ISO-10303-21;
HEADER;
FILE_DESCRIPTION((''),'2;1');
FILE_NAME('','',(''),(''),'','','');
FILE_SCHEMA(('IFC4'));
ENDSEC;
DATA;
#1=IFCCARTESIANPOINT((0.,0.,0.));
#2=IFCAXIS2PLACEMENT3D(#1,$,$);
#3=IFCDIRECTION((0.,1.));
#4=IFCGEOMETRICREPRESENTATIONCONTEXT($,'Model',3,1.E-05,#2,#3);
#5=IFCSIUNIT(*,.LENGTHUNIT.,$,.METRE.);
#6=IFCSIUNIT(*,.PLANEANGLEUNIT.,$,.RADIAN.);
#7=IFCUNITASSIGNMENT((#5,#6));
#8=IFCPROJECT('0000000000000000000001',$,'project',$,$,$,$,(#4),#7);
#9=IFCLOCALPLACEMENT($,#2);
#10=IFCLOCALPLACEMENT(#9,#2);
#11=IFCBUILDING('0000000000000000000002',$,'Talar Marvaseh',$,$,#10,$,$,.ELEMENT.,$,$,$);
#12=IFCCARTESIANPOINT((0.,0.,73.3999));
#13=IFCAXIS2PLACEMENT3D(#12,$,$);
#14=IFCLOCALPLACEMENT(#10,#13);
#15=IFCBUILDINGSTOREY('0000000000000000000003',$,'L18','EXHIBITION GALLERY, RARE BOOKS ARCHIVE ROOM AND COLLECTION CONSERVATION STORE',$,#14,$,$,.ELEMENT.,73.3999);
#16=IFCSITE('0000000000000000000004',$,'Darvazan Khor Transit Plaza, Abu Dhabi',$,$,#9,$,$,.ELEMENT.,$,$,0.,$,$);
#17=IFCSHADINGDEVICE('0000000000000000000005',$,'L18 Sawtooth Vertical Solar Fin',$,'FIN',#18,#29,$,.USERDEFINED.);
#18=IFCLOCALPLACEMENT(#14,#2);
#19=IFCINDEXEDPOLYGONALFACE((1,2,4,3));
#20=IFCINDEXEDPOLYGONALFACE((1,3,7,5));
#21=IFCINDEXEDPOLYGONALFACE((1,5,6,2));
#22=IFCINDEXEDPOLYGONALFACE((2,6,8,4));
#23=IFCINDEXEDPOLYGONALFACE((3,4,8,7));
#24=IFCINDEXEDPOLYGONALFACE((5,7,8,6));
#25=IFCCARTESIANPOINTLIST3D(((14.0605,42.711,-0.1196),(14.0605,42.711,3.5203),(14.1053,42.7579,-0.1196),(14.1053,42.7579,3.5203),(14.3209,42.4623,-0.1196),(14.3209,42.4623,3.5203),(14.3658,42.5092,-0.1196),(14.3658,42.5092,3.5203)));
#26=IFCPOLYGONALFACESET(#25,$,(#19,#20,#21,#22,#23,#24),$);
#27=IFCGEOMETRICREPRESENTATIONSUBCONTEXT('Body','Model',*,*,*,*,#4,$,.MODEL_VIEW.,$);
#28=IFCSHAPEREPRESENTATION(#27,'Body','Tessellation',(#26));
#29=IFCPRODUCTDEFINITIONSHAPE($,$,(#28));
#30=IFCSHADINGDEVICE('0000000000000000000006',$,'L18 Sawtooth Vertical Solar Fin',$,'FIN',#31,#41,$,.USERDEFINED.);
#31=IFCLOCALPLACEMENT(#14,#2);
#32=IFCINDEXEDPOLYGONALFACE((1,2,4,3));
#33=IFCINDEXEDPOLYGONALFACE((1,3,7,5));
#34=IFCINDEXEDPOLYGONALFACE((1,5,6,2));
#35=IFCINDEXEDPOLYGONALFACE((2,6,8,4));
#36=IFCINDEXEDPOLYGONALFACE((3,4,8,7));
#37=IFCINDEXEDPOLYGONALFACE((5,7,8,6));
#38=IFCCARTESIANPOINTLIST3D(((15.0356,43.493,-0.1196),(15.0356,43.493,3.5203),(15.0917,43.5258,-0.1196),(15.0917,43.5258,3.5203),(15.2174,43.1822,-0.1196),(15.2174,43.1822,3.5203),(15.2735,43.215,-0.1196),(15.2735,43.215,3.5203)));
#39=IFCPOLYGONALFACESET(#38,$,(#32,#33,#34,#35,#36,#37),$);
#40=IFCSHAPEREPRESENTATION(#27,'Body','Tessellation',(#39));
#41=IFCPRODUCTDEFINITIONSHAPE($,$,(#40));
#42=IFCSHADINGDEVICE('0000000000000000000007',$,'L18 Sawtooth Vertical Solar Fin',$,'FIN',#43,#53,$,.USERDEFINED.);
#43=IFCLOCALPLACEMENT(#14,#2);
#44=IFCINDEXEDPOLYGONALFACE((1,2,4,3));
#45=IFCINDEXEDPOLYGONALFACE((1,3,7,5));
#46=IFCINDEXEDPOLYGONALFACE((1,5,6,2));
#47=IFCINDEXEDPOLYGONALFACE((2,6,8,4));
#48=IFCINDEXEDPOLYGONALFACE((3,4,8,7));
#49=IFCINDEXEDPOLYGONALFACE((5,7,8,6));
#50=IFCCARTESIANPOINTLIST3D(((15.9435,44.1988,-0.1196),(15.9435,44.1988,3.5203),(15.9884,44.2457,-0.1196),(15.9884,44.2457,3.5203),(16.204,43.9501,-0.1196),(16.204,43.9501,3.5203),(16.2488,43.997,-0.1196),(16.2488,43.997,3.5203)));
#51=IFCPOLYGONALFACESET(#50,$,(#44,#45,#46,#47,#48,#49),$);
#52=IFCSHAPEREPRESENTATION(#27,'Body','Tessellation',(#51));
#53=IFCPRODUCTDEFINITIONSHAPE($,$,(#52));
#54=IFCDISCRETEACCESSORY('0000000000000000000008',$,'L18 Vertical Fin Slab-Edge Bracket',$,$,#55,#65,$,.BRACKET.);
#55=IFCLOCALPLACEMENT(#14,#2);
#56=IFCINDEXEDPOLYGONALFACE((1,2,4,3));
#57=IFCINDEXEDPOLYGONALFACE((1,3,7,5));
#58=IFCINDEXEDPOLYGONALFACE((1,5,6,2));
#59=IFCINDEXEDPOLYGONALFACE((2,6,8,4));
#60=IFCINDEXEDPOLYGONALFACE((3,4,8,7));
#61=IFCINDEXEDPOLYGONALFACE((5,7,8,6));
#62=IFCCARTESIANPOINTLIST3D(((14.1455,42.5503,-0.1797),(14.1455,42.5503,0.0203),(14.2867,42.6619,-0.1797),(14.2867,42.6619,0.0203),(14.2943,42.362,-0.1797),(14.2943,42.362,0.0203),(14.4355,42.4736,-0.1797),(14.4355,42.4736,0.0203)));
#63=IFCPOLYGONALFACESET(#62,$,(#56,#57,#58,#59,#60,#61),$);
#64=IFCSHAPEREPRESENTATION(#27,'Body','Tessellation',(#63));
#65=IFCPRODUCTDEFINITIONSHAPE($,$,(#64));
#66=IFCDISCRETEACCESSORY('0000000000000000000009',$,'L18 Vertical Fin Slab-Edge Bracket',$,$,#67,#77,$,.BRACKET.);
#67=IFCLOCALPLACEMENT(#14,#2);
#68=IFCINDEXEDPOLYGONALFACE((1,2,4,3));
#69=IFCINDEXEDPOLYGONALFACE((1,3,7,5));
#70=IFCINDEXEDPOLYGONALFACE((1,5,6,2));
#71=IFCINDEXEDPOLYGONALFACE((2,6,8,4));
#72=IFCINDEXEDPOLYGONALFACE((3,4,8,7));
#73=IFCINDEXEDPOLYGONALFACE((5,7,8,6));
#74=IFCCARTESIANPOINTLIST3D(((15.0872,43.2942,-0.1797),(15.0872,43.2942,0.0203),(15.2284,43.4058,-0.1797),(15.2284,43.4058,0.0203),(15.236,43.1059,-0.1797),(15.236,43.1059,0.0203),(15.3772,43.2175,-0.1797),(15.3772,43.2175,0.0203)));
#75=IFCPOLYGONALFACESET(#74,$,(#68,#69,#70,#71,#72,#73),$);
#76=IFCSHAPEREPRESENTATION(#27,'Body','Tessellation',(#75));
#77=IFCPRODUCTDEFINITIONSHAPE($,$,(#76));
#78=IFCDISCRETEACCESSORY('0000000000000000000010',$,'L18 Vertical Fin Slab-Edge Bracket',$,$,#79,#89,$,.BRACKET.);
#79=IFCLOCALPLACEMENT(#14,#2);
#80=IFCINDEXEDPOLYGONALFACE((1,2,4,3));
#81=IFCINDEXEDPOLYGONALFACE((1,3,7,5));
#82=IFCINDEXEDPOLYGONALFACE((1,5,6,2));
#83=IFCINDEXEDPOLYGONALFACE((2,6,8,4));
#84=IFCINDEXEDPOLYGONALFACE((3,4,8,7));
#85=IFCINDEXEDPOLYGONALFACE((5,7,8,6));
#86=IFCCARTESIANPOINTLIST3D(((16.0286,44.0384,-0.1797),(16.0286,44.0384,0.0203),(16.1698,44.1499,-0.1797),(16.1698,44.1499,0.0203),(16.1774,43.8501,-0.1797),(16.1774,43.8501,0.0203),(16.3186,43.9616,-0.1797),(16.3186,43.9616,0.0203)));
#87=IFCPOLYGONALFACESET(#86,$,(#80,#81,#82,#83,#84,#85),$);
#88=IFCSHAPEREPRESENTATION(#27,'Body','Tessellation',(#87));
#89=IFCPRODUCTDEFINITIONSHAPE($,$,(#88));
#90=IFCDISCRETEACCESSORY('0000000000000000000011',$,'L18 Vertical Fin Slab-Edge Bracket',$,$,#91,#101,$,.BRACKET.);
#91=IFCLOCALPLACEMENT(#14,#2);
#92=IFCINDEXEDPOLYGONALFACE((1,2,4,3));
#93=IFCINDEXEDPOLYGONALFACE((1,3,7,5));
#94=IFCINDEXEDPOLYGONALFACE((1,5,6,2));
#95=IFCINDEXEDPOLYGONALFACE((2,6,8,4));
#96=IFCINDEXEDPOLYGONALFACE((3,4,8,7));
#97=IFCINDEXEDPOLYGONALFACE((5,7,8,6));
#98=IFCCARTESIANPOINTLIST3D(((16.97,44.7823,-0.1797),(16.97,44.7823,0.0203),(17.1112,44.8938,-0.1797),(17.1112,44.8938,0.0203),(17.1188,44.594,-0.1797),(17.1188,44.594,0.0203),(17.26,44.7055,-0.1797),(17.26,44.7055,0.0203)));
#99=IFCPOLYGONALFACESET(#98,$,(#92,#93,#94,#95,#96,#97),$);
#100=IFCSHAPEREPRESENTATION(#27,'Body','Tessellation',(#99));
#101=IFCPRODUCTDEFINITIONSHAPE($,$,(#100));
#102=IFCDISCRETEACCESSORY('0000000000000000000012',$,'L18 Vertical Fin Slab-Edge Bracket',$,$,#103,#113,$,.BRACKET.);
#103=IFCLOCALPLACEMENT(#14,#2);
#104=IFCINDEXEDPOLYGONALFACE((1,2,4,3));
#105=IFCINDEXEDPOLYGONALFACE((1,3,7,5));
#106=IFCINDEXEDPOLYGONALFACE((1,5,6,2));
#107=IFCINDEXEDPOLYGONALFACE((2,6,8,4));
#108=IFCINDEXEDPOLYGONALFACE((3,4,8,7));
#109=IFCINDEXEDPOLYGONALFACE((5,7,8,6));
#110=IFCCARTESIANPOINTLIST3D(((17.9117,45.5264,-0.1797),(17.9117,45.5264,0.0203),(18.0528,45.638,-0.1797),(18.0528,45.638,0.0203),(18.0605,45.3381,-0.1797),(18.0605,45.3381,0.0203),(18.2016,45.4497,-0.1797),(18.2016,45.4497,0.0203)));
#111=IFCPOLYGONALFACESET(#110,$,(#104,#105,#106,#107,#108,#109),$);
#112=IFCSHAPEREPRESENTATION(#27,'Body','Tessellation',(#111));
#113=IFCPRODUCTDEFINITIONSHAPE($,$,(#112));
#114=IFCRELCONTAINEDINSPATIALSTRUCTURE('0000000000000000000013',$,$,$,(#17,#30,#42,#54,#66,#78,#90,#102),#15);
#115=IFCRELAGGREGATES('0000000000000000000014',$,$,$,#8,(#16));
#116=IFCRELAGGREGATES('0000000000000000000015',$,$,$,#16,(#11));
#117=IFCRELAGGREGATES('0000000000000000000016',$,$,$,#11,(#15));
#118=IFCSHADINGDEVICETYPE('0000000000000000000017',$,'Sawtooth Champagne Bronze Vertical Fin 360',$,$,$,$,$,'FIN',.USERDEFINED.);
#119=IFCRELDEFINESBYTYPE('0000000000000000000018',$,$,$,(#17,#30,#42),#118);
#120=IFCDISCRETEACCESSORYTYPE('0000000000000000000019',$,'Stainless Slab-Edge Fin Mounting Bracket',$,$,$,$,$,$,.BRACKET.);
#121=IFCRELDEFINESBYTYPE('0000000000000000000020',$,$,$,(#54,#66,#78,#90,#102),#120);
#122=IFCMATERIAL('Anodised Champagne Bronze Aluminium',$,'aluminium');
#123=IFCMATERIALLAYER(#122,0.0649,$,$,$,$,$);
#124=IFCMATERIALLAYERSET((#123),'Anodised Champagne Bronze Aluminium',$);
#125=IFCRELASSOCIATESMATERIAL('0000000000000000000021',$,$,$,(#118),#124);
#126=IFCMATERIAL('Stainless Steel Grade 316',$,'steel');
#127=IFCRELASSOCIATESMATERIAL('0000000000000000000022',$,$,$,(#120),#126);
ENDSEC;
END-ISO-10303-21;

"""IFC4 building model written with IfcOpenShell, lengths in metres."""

from ifc_helpers import new_model, si_unit, direction, frame, origin, origin_2d, place, context, subcontext, project, spatial, rectangle, extrude, source, transform, mapped, material, layer, layer_set, type_object, type_shapes, element, save


model = new_model("IFC4")

# Units and contexts
model_context = context("Model", 3, precision=1e-05, world=origin(), true_north=direction((0.0, 1.0)))
body_context = subcontext(model_context, "Body", "Model", "MODEL_VIEW")
ifc_project = project(units=[si_unit("LENGTHUNIT", "METRE"), si_unit("PLANEANGLEUNIT", "RADIAN")], contexts=[model_context])

# Site, building, storey
site_placement = place(None, origin())
site = spatial("IfcSite", under=ifc_project, at=site_placement, Name="Darvazan Khor Transit Plaza, Abu Dhabi", CompositionType="ELEMENT", RefElevation=0.0)
building_placement = place(site_placement, origin())
building = spatial("IfcBuilding", under=site, at=building_placement, Name="Talar Marvaseh", CompositionType="ELEMENT")
storey_placement = place(building_placement, frame((0.0, 0.0, 73.3999)))
storey = spatial("IfcBuildingStorey", under=building, at=storey_placement, Name="L18", Description="EXHIBITION GALLERY, RARE BOOKS ARCHIVE ROOM AND COLLECTION CONSERVATION STORE", CompositionType="ELEMENT", Elevation=73.3999)

# Shading devices
ifc_material_1 = material(Name="Anodised Champagne Bronze Aluminium", Category="aluminium")
ifc_layer_1 = layer(ifc_material_1, 0.0649)
ifc_layer_set_1 = layer_set([ifc_layer_1], Name="Anodised Champagne Bronze Aluminium")
shading_device_type_1 = type_object("IfcShadingDeviceType", Name="Sawtooth Champagne Bronze Vertical Fin 360", ElementType="FIN", PredefinedType="USERDEFINED", material=ifc_layer_set_1)
shared_shape_1 = source(origin(), body_context, "Body", "SweptSolid", [
    extrude(rectangle(XDim=0.3601, YDim=0.0649, at=origin_2d()), origin(), (0.0, 0.0, 1.0), 3.6399),
])
type_shapes(shading_device_type_1, [shared_shape_1])
for number, where, z_axis, x_axis, name in (
    (1, (14.2131, 42.6101, -0.1196), (0.0, 0.0, 1.0), (-0.723208, 0.69063, 0.0), "L18 Sawtooth Vertical Solar Fin"),
    (2, (15.1545, 43.354, -0.1196), (0.0, 0.0, 1.0), (-0.504829, 0.863219, 0.0), "L18 Sawtooth Vertical Solar Fin"),
    (3, (16.0962, 44.0979, -0.1196), (0.0, 0.0, 1.0), (-0.723208, 0.69063, 0.0), "L18 Sawtooth Vertical Solar Fin"),
):
    element("IfcShadingDevice", number, at=place(storey_placement, frame(where, z_axis=z_axis, x_axis=x_axis)), inside=storey, type_object=shading_device_type_1, Name=name, ObjectType="FIN", PredefinedType="USERDEFINED", context=body_context, shape_type="MappedRepresentation", body=[
        mapped(shared_shape_1, transform((0.0, 0.0, 0.0), x_axis=(1.0, 0.0, 0.0), y_axis=(0.0, 1.0, 0.0), z_axis=(0.0, 0.0, 1.0), scale=1.0)),
    ])

# Discrete accessories
ifc_material_2 = material(Name="Stainless Steel Grade 316", Category="steel")
discrete_accessory_type = type_object("IfcDiscreteAccessoryType", Name="Stainless Slab-Edge Fin Mounting Bracket", PredefinedType="BRACKET", material=ifc_material_2)
shared_shape_2 = source(origin(), body_context, "Body", "SweptSolid", [
    extrude(rectangle(XDim=0.24, YDim=0.1799, at=origin_2d()), origin(), (0.0, 0.0, 1.0), 0.2),
])
type_shapes(discrete_accessory_type, [shared_shape_2])
for number, where, z_axis, x_axis, name in (
    (4, (14.2905, 42.512, -0.1797), (0.0, 0.0, 1.0), (-0.620053, 0.78456, 0.0), "L18 Vertical Fin Slab-Edge Bracket"),
    (5, (15.2322, 43.2559, -0.1797), (0.0, 0.0, 1.0), (-0.620053, 0.78456, 0.0), "L18 Vertical Fin Slab-Edge Bracket"),
    (6, (16.1736, 44.0, -0.1797), (0.0, 0.0, 1.0), (-0.620053, 0.78456, 0.0), "L18 Vertical Fin Slab-Edge Bracket"),
    (7, (17.115, 44.7439, -0.1797), (0.0, 0.0, 1.0), (-0.620053, 0.78456, 0.0), "L18 Vertical Fin Slab-Edge Bracket"),
    (8, (18.0566, 45.488, -0.1797), (0.0, 0.0, 1.0), (-0.620053, 0.78456, 0.0), "L18 Vertical Fin Slab-Edge Bracket"),
):
    element("IfcDiscreteAccessory", number, at=place(storey_placement, frame(where, z_axis=z_axis, x_axis=x_axis)), inside=storey, type_object=discrete_accessory_type, Name=name, PredefinedType="BRACKET", context=body_context, shape_type="MappedRepresentation", body=[
        mapped(shared_shape_2, transform((0.0, 0.0, 0.0), x_axis=(1.0, 0.0, 0.0), y_axis=(0.0, 1.0, 0.0), z_axis=(0.0, 0.0, 1.0), scale=1.0)),
    ])

save(model, "model.ifc")
